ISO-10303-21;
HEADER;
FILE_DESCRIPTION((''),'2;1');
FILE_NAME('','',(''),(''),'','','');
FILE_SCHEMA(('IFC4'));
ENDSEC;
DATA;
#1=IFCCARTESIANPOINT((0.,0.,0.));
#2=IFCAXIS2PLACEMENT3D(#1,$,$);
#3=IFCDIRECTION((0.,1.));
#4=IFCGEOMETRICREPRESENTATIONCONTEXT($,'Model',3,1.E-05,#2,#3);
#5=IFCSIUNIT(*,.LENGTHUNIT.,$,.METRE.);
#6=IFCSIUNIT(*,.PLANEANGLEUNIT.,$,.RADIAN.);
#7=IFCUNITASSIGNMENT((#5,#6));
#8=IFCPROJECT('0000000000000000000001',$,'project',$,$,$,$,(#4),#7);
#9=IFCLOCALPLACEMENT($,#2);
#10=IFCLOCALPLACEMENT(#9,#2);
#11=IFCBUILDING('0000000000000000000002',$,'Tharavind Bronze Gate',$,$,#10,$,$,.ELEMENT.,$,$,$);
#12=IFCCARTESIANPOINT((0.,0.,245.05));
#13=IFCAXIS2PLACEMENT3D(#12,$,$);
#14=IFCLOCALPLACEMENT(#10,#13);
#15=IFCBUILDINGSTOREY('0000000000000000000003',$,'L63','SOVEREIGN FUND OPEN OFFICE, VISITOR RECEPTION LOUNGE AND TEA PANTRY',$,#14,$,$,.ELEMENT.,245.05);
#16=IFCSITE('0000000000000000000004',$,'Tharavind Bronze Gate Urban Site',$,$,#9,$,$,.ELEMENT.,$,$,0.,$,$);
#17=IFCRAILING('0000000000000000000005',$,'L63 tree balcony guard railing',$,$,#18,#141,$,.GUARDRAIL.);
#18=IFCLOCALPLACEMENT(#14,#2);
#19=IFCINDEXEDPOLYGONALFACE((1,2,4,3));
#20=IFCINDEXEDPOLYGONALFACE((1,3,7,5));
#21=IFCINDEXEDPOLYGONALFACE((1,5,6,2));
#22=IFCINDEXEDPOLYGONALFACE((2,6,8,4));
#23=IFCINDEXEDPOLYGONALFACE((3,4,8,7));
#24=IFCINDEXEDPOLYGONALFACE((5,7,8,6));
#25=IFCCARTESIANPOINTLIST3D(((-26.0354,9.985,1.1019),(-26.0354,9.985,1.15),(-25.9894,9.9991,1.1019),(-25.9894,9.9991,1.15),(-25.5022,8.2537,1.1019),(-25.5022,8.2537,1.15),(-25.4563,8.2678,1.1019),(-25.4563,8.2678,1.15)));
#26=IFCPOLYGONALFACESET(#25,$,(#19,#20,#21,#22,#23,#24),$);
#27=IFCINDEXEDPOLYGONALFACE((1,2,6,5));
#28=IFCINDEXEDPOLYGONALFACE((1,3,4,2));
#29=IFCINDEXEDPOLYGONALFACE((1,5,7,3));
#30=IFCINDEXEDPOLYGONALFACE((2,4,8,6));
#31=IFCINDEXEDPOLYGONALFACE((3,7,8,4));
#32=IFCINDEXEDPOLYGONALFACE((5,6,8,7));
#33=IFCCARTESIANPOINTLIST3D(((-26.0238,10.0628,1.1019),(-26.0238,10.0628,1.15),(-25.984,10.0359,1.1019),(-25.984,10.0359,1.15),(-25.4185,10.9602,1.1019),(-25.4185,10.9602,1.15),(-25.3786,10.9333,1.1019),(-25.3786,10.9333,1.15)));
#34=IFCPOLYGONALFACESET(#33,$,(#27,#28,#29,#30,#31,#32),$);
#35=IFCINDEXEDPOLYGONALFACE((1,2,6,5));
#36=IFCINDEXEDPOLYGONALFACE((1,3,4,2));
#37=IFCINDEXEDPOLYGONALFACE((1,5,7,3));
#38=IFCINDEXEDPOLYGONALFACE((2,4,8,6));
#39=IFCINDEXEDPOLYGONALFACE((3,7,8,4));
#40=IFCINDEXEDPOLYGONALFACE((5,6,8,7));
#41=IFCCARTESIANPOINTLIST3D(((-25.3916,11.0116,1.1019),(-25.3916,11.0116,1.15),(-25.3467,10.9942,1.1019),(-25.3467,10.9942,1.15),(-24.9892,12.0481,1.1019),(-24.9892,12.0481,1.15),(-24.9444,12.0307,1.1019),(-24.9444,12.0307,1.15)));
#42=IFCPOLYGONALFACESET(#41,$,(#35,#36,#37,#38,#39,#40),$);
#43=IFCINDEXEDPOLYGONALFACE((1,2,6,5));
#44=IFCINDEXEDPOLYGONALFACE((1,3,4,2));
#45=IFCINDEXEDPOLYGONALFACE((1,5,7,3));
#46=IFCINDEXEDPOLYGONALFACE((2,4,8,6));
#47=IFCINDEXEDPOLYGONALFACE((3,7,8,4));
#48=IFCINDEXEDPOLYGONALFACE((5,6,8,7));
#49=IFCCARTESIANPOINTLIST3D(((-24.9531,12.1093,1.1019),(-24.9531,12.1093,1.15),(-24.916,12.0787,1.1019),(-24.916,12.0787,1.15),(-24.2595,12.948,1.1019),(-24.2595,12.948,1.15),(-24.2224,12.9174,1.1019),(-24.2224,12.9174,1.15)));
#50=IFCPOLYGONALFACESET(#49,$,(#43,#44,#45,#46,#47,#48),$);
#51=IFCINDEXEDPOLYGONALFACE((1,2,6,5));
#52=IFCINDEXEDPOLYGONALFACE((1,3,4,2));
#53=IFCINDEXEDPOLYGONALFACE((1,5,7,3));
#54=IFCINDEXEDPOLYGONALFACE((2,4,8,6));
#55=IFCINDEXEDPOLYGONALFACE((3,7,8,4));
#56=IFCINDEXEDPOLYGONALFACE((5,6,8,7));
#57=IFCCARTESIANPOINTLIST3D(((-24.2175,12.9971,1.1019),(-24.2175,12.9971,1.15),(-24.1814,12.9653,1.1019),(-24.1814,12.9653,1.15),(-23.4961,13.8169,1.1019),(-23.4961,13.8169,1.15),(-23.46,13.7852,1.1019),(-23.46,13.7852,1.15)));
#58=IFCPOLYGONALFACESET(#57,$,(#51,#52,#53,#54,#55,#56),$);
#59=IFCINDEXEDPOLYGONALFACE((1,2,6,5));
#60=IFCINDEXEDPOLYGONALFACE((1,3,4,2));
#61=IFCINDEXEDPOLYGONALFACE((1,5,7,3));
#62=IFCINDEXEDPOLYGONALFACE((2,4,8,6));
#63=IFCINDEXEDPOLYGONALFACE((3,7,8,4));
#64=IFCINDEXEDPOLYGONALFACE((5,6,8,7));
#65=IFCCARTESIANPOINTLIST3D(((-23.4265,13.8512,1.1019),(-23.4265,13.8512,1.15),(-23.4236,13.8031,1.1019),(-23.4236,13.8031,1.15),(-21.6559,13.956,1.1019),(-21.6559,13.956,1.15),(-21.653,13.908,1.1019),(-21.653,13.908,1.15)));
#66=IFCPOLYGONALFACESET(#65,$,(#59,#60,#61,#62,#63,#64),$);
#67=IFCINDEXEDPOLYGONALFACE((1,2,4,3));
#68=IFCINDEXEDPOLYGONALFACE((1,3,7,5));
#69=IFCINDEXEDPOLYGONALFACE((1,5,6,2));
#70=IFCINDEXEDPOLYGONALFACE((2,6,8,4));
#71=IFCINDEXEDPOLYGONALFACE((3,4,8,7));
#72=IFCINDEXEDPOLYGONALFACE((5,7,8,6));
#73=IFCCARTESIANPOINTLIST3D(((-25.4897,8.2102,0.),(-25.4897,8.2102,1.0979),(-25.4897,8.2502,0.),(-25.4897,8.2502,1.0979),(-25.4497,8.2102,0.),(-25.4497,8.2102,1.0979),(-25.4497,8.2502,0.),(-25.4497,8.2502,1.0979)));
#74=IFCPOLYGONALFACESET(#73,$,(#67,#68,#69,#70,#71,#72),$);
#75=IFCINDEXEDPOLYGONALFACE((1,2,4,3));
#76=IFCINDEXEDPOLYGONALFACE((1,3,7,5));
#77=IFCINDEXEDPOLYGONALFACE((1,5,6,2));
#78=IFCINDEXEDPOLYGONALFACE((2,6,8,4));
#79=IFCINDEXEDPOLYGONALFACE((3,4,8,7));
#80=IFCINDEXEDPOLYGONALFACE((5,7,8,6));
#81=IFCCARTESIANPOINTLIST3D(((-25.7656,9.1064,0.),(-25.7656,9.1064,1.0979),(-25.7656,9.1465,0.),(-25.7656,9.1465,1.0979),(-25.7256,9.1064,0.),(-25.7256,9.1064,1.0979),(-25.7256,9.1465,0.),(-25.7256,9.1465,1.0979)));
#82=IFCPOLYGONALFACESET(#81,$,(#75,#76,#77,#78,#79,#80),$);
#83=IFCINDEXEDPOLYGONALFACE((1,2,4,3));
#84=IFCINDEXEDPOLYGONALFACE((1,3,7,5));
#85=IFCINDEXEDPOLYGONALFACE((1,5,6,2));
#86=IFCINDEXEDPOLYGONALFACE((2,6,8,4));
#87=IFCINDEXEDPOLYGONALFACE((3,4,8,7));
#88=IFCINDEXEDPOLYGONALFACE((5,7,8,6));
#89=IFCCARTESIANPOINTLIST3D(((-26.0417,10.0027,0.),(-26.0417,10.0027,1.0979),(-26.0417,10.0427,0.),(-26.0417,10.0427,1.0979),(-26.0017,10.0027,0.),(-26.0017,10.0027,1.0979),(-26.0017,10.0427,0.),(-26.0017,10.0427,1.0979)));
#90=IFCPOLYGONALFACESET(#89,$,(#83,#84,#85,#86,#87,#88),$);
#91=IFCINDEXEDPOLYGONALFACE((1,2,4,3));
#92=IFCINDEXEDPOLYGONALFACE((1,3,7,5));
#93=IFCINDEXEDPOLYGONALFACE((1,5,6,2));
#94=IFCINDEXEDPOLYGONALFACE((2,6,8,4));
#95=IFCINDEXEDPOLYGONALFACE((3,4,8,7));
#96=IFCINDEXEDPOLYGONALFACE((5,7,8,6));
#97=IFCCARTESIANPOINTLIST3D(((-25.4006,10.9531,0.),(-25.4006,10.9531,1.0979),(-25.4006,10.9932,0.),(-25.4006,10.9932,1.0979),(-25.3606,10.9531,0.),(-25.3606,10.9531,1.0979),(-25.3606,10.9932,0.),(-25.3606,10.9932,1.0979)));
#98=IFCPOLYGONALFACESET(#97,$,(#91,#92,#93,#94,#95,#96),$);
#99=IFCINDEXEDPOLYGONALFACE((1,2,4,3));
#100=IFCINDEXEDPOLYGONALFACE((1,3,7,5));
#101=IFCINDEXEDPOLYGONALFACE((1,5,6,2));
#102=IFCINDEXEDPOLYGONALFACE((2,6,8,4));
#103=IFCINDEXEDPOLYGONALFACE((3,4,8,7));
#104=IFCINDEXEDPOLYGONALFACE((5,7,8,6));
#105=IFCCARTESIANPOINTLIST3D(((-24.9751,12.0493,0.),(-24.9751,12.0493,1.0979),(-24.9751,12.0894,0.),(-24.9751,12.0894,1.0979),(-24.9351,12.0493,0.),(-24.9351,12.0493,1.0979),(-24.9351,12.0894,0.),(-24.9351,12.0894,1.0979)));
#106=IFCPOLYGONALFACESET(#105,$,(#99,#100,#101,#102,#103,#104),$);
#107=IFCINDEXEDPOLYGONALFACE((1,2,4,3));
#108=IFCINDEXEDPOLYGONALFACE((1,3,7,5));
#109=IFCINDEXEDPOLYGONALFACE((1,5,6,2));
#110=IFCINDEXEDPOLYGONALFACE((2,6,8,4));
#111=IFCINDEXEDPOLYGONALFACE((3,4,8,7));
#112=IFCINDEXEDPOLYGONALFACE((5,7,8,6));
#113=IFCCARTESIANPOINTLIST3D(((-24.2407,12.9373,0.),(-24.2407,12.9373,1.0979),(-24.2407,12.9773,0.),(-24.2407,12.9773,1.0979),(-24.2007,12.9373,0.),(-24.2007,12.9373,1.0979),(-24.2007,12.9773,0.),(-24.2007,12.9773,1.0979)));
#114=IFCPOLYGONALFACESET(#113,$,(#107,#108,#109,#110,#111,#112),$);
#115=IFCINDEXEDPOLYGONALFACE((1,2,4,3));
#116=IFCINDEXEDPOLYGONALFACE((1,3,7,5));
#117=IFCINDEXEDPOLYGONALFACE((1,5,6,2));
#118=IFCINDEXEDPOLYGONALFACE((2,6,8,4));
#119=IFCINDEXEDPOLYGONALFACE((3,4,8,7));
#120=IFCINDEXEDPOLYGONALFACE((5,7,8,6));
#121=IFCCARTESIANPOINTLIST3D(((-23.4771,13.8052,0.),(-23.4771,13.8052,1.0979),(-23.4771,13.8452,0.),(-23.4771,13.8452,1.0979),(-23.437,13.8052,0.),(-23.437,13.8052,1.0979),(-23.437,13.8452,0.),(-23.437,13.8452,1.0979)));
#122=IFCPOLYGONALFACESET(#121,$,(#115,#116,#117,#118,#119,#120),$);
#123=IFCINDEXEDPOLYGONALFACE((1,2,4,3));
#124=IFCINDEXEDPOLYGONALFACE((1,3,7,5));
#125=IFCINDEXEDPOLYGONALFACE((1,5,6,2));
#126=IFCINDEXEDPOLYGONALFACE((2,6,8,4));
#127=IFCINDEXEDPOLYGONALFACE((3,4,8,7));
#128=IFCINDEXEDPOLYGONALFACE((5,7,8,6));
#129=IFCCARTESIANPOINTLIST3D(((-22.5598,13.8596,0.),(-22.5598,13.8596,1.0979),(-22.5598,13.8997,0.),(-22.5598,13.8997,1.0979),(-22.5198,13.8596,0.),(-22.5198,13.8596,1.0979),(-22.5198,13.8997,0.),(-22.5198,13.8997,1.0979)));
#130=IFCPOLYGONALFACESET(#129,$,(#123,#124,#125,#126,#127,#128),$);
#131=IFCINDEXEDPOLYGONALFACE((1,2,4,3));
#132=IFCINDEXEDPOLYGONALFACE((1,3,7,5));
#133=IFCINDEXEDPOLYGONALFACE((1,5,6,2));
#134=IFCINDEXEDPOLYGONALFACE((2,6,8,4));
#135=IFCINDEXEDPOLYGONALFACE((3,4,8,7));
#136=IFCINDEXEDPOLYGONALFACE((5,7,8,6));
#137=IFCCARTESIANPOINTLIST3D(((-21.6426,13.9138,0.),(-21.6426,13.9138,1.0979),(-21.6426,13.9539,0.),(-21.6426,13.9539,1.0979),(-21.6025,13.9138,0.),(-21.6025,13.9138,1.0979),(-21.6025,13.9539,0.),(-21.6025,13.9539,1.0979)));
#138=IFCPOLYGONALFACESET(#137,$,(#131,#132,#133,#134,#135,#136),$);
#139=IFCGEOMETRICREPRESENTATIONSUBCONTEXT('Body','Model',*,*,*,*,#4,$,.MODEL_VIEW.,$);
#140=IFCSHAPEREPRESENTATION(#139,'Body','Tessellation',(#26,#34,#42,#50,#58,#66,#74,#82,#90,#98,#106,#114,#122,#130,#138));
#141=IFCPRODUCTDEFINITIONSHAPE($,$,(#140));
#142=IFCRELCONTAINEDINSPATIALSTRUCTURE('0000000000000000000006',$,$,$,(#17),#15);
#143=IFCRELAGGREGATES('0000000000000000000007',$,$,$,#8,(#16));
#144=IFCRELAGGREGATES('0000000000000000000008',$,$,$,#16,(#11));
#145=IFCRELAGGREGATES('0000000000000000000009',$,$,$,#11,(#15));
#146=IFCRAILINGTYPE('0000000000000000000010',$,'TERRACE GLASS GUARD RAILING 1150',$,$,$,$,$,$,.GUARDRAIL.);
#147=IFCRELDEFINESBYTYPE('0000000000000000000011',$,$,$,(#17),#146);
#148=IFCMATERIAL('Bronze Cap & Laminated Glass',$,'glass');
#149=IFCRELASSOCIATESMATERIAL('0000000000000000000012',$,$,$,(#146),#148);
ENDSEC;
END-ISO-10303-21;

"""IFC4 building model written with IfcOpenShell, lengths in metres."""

from ifc_helpers import new_model, si_unit, direction, frame, origin, origin_2d, place, context, subcontext, project, spatial, rectangle, extrude, material, type_object, element, save


model = new_model("IFC4")

# Units and contexts
model_context = context("Model", 3, precision=1e-05, world=origin(), true_north=direction((0.0, 1.0)))
body_context = subcontext(model_context, "Body", "Model", "MODEL_VIEW")
ifc_project = project(units=[si_unit("LENGTHUNIT", "METRE"), si_unit("PLANEANGLEUNIT", "RADIAN")], contexts=[model_context])

# Site, building, storey
site_placement = place(None, origin())
site = spatial("IfcSite", under=ifc_project, at=site_placement, Name="Tharavind Bronze Gate Urban Site", CompositionType="ELEMENT", RefElevation=0.0)
building_placement = place(site_placement, origin())
building = spatial("IfcBuilding", under=site, at=building_placement, Name="Tharavind Bronze Gate", CompositionType="ELEMENT")
storey_placement = place(building_placement, frame((0.0, 0.0, 245.05)))
storey = spatial("IfcBuildingStorey", under=building, at=storey_placement, Name="L63", Description="SOVEREIGN FUND OPEN OFFICE, VISITOR RECEPTION LOUNGE AND TEA PANTRY", CompositionType="ELEMENT", Elevation=245.05)

# Railing
ifc_material_1 = material(Name="Bronze Cap & Laminated Glass", Category="glass")
railing_type = type_object("IfcRailingType", Name="TERRACE GLASS GUARD RAILING 1150", PredefinedType="GUARDRAIL", material=ifc_material_1)
railing_placement = place(storey_placement, frame((-25.4697, 8.2302, 0.0)))
element("IfcRailing", 1, at=railing_placement, inside=storey, type_object=railing_type, Name="L63 tree balcony guard railing", PredefinedType="GUARDRAIL", context=body_context, shape_type="SweptSolid", body=[
    extrude(rectangle(XDim=0.0481, YDim=0.0481, at=origin_2d()), frame((-0.0095, 0.0305, 1.126), z_axis=(-0.294315, 0.955709, 0.0), x_axis=(-0.955709, -0.294315, 0.0)), (0.0, 0.0, 1.0), 1.8115),
    extrude(rectangle(XDim=0.0481, YDim=0.0481, at=origin_2d()), frame((-0.5342, 1.8191, 1.126), z_axis=(0.559213, 0.829024, 0.0), x_axis=(-0.829024, 0.559213, 0.0)), (0.0, 0.0, 1.0), 1.0825),
    extrude(rectangle(XDim=0.0481, YDim=0.0481, at=origin_2d()), frame((0.1006, 2.7727, 1.126), z_axis=(0.361885, 0.932223, 0.0), x_axis=(-0.932223, 0.361885, 0.0)), (0.0, 0.0, 1.0), 1.1118),
    extrude(rectangle(XDim=0.0481, YDim=0.0481, at=origin_2d()), frame((0.5352, 3.8638, 1.126), z_axis=(0.637325, 0.770595, 0.0), x_axis=(-0.770595, 0.637325, 0.0)), (0.0, 0.0, 1.0), 1.0884),
    extrude(rectangle(XDim=0.0481, YDim=0.0481, at=origin_2d()), frame((1.2703, 4.751, 1.126), z_axis=(0.66058, 0.750755, 0.0), x_axis=(-0.750755, 0.66058, 0.0)), (0.0, 0.0, 1.0), 1.092),
    extrude(rectangle(XDim=0.0481, YDim=0.0481, at=origin_2d()), frame((2.0447, 5.5969, 1.126), z_axis=(0.998251, 0.059119, 0.0), x_axis=(-0.059119, 0.998251, 0.0)), (0.0, 0.0, 1.0), 1.7737),
    extrude(rectangle(XDim=0.04, YDim=0.04, at=origin_2d()), origin(), (0.0, 0.0, 1.0), 1.0979),
    extrude(rectangle(XDim=0.04, YDim=0.04, at=origin_2d()), frame((-0.2759, 0.8962, 0.0)), (0.0, 0.0, 1.0), 1.0979),
    extrude(rectangle(XDim=0.04, YDim=0.04, at=origin_2d()), frame((-0.552, 1.7925, 0.0)), (0.0, 0.0, 1.0), 1.0979),
    extrude(rectangle(XDim=0.04, YDim=0.04, at=origin_2d()), frame((0.0891, 2.7429, 0.0)), (0.0, 0.0, 1.0), 1.0979),
    extrude(rectangle(XDim=0.04, YDim=0.04, at=origin_2d()), frame((0.5146, 3.8391, 0.0)), (0.0, 0.0, 1.0), 1.0979),
    extrude(rectangle(XDim=0.04, YDim=0.04, at=origin_2d()), frame((1.249, 4.7271, 0.0)), (0.0, 0.0, 1.0), 1.0979),
    extrude(rectangle(XDim=0.04, YDim=0.04, at=origin_2d()), frame((2.0127, 5.595, 0.0)), (0.0, 0.0, 1.0), 1.0979),
    extrude(rectangle(XDim=0.04, YDim=0.04, at=origin_2d()), frame((2.9299, 5.6494, 0.0)), (0.0, 0.0, 1.0), 1.0979),
    extrude(rectangle(XDim=0.04, YDim=0.04, at=origin_2d()), frame((3.8472, 5.7036, 0.0)), (0.0, 0.0, 1.0), 1.0979),
])

save(model, "model.ifc")
